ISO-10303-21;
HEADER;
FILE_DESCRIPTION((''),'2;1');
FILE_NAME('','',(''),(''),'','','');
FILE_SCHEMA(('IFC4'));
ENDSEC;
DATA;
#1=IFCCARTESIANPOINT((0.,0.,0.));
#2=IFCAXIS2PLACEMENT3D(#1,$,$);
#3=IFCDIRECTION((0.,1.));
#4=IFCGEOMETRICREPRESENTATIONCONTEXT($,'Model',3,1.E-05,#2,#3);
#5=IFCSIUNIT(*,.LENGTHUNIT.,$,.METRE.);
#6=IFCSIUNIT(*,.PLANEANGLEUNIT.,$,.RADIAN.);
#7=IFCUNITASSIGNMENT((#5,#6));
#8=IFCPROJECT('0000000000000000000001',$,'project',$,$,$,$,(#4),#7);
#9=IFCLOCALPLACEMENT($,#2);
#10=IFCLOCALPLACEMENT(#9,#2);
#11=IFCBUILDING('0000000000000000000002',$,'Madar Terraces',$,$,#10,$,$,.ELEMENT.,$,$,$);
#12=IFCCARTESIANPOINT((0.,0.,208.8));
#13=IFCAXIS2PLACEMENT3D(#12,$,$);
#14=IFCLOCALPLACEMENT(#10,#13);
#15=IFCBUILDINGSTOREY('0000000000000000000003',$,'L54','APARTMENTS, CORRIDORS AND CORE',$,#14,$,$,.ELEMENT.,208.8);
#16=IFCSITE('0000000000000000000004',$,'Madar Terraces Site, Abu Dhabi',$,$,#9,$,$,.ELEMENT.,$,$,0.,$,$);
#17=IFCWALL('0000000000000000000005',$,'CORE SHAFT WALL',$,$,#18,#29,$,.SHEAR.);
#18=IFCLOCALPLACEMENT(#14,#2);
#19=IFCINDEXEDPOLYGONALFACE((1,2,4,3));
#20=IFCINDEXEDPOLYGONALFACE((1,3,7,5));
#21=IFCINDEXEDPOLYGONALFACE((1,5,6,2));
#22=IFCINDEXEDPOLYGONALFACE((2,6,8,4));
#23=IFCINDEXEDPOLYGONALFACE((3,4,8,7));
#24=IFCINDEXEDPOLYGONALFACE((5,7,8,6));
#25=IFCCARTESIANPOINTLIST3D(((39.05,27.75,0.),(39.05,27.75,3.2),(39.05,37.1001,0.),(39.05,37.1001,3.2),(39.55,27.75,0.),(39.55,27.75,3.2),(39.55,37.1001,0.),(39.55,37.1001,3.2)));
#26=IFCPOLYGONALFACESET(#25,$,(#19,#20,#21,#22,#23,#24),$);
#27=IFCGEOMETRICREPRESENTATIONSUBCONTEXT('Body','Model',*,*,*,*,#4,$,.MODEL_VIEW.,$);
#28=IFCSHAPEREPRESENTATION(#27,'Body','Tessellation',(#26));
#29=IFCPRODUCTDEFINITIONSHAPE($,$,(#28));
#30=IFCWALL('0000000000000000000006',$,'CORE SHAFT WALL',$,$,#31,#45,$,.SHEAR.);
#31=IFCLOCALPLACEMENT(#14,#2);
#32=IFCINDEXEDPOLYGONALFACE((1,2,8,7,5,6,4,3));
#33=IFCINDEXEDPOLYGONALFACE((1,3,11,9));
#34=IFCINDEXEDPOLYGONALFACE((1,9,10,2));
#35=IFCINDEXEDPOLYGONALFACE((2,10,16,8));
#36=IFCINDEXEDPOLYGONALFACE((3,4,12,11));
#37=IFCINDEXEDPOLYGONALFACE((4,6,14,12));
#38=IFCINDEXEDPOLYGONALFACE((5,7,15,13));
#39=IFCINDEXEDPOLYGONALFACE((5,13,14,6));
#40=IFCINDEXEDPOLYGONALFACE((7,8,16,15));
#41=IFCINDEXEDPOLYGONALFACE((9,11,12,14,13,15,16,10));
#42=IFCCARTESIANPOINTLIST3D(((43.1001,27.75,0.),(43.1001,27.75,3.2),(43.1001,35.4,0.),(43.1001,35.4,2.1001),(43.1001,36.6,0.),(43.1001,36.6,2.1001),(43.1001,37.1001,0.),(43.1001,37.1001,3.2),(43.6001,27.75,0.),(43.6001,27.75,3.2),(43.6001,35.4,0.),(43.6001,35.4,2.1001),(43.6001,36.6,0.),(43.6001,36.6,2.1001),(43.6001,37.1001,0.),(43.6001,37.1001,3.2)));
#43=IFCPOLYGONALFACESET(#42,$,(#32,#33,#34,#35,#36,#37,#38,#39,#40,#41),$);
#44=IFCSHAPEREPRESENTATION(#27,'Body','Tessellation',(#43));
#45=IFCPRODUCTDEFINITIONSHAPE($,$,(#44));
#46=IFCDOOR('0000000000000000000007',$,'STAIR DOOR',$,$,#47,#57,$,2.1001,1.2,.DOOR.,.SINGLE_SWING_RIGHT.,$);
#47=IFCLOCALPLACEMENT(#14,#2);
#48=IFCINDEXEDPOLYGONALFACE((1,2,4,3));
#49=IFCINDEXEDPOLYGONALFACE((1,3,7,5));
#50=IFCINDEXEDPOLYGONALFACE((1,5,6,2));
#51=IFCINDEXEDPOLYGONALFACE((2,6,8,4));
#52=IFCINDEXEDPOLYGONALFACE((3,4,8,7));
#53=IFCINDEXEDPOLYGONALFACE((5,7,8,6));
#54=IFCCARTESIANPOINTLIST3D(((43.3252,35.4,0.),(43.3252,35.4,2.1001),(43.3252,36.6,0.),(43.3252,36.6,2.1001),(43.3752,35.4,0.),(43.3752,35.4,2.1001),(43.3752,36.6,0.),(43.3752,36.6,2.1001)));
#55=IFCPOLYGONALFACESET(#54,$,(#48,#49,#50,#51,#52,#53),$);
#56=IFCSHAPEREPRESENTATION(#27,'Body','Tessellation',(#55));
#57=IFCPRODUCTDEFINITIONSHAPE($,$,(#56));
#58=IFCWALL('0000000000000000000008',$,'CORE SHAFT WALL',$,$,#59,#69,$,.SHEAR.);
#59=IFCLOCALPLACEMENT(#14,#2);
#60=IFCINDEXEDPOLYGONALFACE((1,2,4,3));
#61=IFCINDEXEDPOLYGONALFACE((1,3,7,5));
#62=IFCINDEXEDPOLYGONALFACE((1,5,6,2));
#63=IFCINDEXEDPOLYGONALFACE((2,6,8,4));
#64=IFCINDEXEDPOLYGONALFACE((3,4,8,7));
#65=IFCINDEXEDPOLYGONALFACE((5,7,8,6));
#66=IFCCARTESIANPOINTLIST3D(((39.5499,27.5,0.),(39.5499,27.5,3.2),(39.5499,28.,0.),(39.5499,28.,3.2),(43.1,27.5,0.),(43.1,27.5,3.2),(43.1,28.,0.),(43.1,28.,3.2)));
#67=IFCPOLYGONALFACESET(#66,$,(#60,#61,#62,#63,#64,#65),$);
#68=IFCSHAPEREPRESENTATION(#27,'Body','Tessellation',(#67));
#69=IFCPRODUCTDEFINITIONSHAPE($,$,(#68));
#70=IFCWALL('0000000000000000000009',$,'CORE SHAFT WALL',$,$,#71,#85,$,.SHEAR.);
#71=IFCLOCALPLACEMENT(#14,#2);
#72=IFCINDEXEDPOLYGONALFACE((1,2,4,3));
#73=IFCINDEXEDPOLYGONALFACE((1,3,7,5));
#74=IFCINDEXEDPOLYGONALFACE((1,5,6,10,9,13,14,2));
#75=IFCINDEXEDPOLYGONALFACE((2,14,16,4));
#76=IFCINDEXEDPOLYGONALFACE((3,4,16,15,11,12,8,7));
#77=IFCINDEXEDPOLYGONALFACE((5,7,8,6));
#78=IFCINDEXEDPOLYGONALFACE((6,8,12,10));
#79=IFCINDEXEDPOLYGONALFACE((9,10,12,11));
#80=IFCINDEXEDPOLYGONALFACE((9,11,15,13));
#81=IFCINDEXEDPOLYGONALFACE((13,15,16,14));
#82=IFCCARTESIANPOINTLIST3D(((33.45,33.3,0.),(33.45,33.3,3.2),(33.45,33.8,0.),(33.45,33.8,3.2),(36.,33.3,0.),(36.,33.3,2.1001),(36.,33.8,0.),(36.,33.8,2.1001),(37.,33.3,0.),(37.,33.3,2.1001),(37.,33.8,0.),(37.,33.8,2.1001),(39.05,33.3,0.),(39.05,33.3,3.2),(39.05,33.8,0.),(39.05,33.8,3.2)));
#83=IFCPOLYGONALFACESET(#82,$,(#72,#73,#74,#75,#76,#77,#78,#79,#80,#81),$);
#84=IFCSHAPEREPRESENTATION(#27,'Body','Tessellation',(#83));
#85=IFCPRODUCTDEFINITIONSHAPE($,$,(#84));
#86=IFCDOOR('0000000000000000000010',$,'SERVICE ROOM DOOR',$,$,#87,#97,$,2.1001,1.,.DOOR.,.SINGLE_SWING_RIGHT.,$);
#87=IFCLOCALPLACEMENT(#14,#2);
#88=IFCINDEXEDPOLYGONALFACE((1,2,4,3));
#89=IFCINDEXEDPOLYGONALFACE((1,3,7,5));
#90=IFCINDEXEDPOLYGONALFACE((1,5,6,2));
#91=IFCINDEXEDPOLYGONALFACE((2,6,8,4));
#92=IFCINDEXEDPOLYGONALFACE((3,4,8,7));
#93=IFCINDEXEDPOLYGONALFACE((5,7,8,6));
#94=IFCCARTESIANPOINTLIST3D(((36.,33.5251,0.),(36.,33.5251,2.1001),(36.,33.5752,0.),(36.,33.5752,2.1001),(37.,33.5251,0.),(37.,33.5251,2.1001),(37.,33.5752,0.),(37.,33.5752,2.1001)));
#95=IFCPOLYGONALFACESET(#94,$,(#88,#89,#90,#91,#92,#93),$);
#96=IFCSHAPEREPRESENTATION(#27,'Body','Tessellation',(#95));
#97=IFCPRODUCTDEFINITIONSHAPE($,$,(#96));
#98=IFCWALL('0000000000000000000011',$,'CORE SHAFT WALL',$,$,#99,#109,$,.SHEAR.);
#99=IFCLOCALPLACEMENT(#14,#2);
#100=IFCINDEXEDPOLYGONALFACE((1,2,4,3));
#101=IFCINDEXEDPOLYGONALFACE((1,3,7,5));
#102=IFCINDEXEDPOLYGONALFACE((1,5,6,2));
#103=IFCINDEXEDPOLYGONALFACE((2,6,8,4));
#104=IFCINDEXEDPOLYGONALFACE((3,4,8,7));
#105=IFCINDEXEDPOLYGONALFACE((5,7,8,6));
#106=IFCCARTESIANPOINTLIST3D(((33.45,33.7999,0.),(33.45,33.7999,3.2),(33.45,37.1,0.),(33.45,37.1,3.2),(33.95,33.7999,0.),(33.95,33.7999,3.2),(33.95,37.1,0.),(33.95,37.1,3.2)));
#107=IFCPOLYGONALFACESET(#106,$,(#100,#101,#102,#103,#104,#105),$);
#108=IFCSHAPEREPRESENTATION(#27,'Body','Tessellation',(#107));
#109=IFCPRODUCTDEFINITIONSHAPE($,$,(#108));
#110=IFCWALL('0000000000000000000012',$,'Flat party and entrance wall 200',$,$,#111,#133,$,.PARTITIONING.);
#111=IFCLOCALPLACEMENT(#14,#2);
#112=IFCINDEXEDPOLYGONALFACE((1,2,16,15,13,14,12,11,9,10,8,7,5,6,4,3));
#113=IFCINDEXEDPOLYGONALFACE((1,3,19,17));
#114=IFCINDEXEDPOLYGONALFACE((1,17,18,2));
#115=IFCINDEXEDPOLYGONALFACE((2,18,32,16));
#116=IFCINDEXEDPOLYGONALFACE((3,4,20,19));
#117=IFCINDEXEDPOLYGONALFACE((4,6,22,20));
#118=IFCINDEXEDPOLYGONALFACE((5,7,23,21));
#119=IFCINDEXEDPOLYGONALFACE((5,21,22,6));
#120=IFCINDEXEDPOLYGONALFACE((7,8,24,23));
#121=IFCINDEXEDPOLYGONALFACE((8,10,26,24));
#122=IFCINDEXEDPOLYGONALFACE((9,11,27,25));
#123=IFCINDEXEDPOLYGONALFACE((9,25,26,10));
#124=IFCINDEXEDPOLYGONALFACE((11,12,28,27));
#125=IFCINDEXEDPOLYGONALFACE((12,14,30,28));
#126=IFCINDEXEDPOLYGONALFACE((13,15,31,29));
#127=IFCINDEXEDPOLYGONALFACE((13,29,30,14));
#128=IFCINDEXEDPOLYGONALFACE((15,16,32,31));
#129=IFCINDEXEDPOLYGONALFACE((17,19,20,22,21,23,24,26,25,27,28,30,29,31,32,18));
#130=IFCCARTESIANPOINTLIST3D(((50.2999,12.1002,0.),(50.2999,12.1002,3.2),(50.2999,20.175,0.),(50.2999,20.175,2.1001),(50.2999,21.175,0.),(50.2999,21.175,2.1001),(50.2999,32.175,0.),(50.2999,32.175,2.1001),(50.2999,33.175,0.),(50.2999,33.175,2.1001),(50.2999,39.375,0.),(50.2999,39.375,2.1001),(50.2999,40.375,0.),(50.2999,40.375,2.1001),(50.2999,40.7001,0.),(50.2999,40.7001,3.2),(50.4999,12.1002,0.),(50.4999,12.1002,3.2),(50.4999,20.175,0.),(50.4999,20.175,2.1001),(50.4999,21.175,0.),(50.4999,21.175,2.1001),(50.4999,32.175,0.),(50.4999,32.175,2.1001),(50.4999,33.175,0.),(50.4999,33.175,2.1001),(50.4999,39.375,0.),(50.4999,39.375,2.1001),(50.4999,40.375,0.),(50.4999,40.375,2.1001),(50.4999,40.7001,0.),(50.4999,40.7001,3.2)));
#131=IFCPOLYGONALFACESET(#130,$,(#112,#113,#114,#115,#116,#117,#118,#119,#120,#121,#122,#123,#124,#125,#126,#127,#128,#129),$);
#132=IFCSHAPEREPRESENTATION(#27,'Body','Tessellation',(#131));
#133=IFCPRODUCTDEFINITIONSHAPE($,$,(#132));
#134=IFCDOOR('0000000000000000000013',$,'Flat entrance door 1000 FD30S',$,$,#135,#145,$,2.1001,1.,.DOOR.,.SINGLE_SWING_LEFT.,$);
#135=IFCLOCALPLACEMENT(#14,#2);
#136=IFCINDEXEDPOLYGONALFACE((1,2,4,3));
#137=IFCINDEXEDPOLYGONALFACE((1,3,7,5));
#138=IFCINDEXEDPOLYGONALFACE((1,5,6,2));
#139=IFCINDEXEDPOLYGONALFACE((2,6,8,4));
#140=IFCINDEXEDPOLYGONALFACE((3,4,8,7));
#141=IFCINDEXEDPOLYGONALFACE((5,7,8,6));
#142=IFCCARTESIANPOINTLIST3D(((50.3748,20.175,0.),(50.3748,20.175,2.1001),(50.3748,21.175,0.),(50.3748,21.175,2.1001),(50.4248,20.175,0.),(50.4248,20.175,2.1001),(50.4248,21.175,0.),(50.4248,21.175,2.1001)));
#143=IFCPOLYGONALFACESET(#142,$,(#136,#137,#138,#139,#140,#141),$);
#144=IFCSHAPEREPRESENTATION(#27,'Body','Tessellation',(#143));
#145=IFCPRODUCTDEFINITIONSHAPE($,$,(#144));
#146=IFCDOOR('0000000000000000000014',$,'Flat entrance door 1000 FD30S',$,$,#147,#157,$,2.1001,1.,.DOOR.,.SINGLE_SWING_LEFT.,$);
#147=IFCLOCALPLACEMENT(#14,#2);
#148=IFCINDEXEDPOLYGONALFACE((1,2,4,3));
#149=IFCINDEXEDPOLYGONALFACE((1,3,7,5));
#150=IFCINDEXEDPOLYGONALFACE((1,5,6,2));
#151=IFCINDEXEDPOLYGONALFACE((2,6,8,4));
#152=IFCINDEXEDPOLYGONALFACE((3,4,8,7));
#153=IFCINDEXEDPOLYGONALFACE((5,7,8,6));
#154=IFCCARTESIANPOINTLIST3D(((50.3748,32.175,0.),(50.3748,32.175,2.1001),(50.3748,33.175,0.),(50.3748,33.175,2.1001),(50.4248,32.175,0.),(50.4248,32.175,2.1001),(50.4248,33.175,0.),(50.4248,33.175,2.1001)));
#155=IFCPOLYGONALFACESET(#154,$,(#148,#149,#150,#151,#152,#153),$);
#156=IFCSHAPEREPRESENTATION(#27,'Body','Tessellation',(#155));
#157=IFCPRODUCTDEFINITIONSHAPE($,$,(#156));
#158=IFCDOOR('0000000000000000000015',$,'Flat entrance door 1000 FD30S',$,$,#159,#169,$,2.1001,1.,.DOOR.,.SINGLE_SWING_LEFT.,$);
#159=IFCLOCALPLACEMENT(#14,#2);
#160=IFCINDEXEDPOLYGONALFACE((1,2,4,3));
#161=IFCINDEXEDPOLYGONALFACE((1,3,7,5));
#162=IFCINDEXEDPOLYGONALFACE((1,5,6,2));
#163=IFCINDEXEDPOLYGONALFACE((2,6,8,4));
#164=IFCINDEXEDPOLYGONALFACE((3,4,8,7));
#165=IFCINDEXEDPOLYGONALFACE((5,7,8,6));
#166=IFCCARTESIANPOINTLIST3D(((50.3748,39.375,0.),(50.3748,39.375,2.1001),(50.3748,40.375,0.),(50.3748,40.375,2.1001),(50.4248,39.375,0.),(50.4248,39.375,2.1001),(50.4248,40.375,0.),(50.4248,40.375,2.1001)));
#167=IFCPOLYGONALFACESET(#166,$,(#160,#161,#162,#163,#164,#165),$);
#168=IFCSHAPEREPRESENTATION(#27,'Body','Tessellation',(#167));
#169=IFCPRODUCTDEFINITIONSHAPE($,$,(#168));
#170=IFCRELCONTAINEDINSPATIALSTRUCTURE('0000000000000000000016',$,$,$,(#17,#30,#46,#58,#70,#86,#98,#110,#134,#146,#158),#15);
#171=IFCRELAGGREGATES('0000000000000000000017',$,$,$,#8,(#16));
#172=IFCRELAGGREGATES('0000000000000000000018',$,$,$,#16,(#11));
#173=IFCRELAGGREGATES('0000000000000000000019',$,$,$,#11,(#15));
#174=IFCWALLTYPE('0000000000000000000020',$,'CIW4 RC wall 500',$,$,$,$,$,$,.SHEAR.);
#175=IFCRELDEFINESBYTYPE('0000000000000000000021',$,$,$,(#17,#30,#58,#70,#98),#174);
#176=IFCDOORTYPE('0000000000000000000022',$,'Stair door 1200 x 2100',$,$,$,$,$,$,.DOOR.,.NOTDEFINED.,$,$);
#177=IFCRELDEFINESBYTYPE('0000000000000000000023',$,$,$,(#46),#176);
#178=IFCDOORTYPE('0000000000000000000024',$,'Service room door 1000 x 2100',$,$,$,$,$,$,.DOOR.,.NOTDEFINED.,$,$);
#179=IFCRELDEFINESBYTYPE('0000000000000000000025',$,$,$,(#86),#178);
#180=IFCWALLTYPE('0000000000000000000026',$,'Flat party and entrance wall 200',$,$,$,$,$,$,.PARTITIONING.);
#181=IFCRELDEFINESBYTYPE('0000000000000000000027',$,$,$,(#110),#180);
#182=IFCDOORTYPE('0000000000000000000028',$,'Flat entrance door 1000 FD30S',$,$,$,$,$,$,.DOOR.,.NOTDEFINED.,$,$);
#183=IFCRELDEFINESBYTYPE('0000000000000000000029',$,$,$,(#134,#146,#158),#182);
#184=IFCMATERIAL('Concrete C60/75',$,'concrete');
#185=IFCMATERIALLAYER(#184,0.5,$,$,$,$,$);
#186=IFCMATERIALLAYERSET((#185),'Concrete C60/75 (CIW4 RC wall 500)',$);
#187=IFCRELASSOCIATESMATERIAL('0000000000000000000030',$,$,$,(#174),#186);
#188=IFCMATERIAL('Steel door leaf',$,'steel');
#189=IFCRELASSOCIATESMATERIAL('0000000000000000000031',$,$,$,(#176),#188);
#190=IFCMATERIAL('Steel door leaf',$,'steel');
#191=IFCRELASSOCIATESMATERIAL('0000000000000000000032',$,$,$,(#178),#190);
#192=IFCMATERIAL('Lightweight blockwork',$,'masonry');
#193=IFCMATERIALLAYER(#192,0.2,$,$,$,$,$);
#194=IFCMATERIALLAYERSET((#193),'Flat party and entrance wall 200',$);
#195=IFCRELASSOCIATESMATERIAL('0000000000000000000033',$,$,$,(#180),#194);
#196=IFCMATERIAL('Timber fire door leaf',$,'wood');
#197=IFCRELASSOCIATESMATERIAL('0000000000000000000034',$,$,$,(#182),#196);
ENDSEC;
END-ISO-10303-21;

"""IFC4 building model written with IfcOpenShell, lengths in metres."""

from ifc_helpers import new_model, si_unit, direction, frame, frame_2d, origin, place, context, subcontext, project, spatial, rectangle, extrude, material, layer, layer_set, type_object, element, fill, save


model = new_model("IFC4")

# Units and contexts
model_context = context("Model", 3, precision=1e-05, world=origin(), true_north=direction((0.0, 1.0)))
body_context = subcontext(model_context, "Body", "Model", "MODEL_VIEW")
ifc_project = project(units=[si_unit("LENGTHUNIT", "METRE"), si_unit("PLANEANGLEUNIT", "RADIAN")], contexts=[model_context])

# Site, building, storey
site_placement = place(None, origin())
site = spatial("IfcSite", under=ifc_project, at=site_placement, Name="Madar Terraces Site, Abu Dhabi", CompositionType="ELEMENT", RefElevation=0.0)
building_placement = place(site_placement, origin())
building = spatial("IfcBuilding", under=site, at=building_placement, Name="Madar Terraces", CompositionType="ELEMENT")
storey_placement = place(building_placement, frame((0.0, 0.0, 208.8)))
storey = spatial("IfcBuildingStorey", under=building, at=storey_placement, Name="L54", Description="APARTMENTS, CORRIDORS AND CORE", CompositionType="ELEMENT", Elevation=208.8)

# Wall
ifc_material_1 = material(Name="Concrete C60/75", Category="concrete")
ifc_layer_1 = layer(ifc_material_1, 0.5)
ifc_layer_set_1 = layer_set([ifc_layer_1], Name="Concrete C60/75 (CIW4 RC wall 500)")
wall_type_1 = type_object("IfcWallType", Name="CIW4 RC wall 500", PredefinedType="SHEAR", material=ifc_layer_set_1)
wall_1_placement = place(storey_placement, frame((39.3, 27.75, 0.0), z_axis=(0.0, 0.0, 1.0), x_axis=(0.0, 1.0, 0.0)))
element("IfcWall", 1, at=wall_1_placement, inside=storey, type_object=wall_type_1, Name="CORE SHAFT WALL", PredefinedType="SHEAR", context=body_context, shape_type="SweptSolid", body=[
    extrude(rectangle(XDim=9.3501, YDim=0.5, at=frame_2d((4.675, 0.0))), origin(), (0.0, 0.0, 1.0), 3.2),
])

# Wall, opening, door
wall_2_placement = place(storey_placement, frame((43.3501, 27.75, 0.0), z_axis=(0.0, 0.0, 1.0), x_axis=(0.0, 1.0, 0.0)))
wall_2 = element("IfcWall", 2, at=wall_2_placement, inside=storey, type_object=wall_type_1, Name="CORE SHAFT WALL", PredefinedType="SHEAR", context=body_context, shape_type="SweptSolid", body=[
    extrude(rectangle(XDim=9.3501, YDim=0.5, at=frame_2d((4.675, 0.0))), origin(), (0.0, 0.0, 1.0), 3.2),
])
opening_1_placement = place(wall_2_placement, frame((7.6499, 0.0, 0.0)))
opening_1 = element("IfcOpeningElement", 3, at=opening_1_placement, cuts=wall_2, PredefinedType="OPENING", context=body_context, shape_type="SweptSolid", body=[
    extrude(rectangle(XDim=1.2, YDim=2.1001, at=frame_2d((0.6001, 1.05))), frame((0.0, 0.26, 0.0), z_axis=(0.0, -1.0, 0.0), x_axis=(1.0, 0.0, 0.0)), (0.0, 0.0, 1.0), 0.52),
])
ifc_material_2 = material(Name="Steel door leaf", Category="steel")
door_type_1 = type_object("IfcDoorType", Name="Stair door 1200 x 2100", OperationType="NOTDEFINED", PredefinedType="DOOR", material=ifc_material_2)
door_1_placement = place(opening_1_placement, origin())
door_1 = element("IfcDoor", 4, at=door_1_placement, inside=storey, type_object=door_type_1, Name="STAIR DOOR", OperationType="SINGLE_SWING_RIGHT", OverallHeight=2.1001, OverallWidth=1.2, PredefinedType="DOOR", context=body_context, shape_type="SweptSolid", body=[
    extrude(rectangle(XDim=1.2, YDim=2.1001, at=frame_2d((0.6001, 1.05))), frame((0.0, 0.0249, 0.0), z_axis=(0.0, -1.0, 0.0), x_axis=(1.0, 0.0, 0.0)), (0.0, 0.0, 1.0), 0.05),
])
fill(opening_1, door_1)

# Wall
wall_3_placement = place(storey_placement, frame((39.55, 27.75, 0.0), z_axis=(0.0, 0.0, 1.0), x_axis=(1.0, 0.0, 0.0)))
element("IfcWall", 5, at=wall_3_placement, inside=storey, type_object=wall_type_1, Name="CORE SHAFT WALL", PredefinedType="SHEAR", context=body_context, shape_type="SweptSolid", body=[
    extrude(rectangle(XDim=3.55, YDim=0.5, at=frame_2d((1.7749, 0.0))), origin(), (0.0, 0.0, 1.0), 3.2),
])

# Wall, opening, door
wall_4_placement = place(storey_placement, frame((33.45, 33.55, 0.0), z_axis=(0.0, 0.0, 1.0), x_axis=(1.0, 0.0, 0.0)))
wall_4 = element("IfcWall", 6, at=wall_4_placement, inside=storey, type_object=wall_type_1, Name="CORE SHAFT WALL", PredefinedType="SHEAR", context=body_context, shape_type="SweptSolid", body=[
    extrude(rectangle(XDim=5.6001, YDim=0.5, at=frame_2d((2.8, 0.0))), origin(), (0.0, 0.0, 1.0), 3.2),
])
opening_2_placement = place(wall_4_placement, frame((2.55, 0.0, 0.0)))
opening_2 = element("IfcOpeningElement", 7, at=opening_2_placement, cuts=wall_4, PredefinedType="OPENING", context=body_context, shape_type="SweptSolid", body=[
    extrude(rectangle(XDim=1.0, YDim=2.1001, at=frame_2d((0.5, 1.05))), frame((0.0, 0.26, 0.0), z_axis=(0.0, -1.0, 0.0), x_axis=(1.0, 0.0, 0.0)), (0.0, 0.0, 1.0), 0.52),
])
ifc_material_3 = material(Name="Steel door leaf", Category="steel")
door_type_2 = type_object("IfcDoorType", Name="Service room door 1000 x 2100", OperationType="NOTDEFINED", PredefinedType="DOOR", material=ifc_material_3)
door_2_placement = place(opening_2_placement, frame((1.0, 0.0, 0.0), z_axis=(0.0, 0.0, 1.0), x_axis=(-1.0, 0.0, 0.0)))
door_2 = element("IfcDoor", 8, at=door_2_placement, inside=storey, type_object=door_type_2, Name="SERVICE ROOM DOOR", OperationType="SINGLE_SWING_RIGHT", OverallHeight=2.1001, OverallWidth=1.0, PredefinedType="DOOR", context=body_context, shape_type="SweptSolid", body=[
    extrude(rectangle(XDim=1.0, YDim=2.1001, at=frame_2d((0.5, 1.05))), frame((0.0, 0.0249, 0.0), z_axis=(0.0, -1.0, 0.0), x_axis=(1.0, 0.0, 0.0)), (0.0, 0.0, 1.0), 0.05),
])
fill(opening_2, door_2)

# Wall
wall_5_placement = place(storey_placement, frame((33.7, 33.8, 0.0), z_axis=(0.0, 0.0, 1.0), x_axis=(0.0, 1.0, 0.0)))
element("IfcWall", 9, at=wall_5_placement, inside=storey, type_object=wall_type_1, Name="CORE SHAFT WALL", PredefinedType="SHEAR", context=body_context, shape_type="SweptSolid", body=[
    extrude(rectangle(XDim=3.3, YDim=0.5, at=frame_2d((1.6499, 0.0))), origin(), (0.0, 0.0, 1.0), 3.2),
])

# Wall, openings, doors
ifc_material_4 = material(Name="Lightweight blockwork", Category="masonry")
ifc_layer_2 = layer(ifc_material_4, 0.2)
ifc_layer_set_2 = layer_set([ifc_layer_2], Name="Flat party and entrance wall 200")
wall_type_2 = type_object("IfcWallType", Name="Flat party and entrance wall 200", PredefinedType="PARTITIONING", material=ifc_layer_set_2)
wall_6_placement = place(storey_placement, frame((50.3999, 40.7, 0.0), z_axis=(0.0, 0.0, 1.0), x_axis=(0.0, -1.0, 0.0)))
wall_6 = element("IfcWall", 10, at=wall_6_placement, inside=storey, type_object=wall_type_2, Name="Flat party and entrance wall 200", PredefinedType="PARTITIONING", context=body_context, shape_type="SweptSolid", body=[
    extrude(rectangle(XDim=28.5999, YDim=0.2, at=frame_2d((14.2998, 0.0))), origin(), (0.0, 0.0, 1.0), 3.2),
])
opening_3_placement = place(wall_6_placement, frame((19.5249, 0.0, 0.0)))
opening_3 = element("IfcOpeningElement", 11, at=opening_3_placement, cuts=wall_6, PredefinedType="OPENING", context=body_context, shape_type="SweptSolid", body=[
    extrude(rectangle(XDim=1.0, YDim=2.1001, at=frame_2d((0.5, 1.05))), frame((0.0, 0.1099, 0.0), z_axis=(0.0, -1.0, 0.0), x_axis=(1.0, 0.0, 0.0)), (0.0, 0.0, 1.0), 0.22),
])
opening_4_placement = place(wall_6_placement, frame((7.5249, 0.0, 0.0)))
opening_4 = element("IfcOpeningElement", 12, at=opening_4_placement, cuts=wall_6, PredefinedType="OPENING", context=body_context, shape_type="SweptSolid", body=[
    extrude(rectangle(XDim=1.0, YDim=2.1001, at=frame_2d((0.5, 1.05))), frame((0.0, 0.1099, 0.0), z_axis=(0.0, -1.0, 0.0), x_axis=(1.0, 0.0, 0.0)), (0.0, 0.0, 1.0), 0.22),
])
opening_5_placement = place(wall_6_placement, frame((0.325, 0.0, 0.0)))
opening_5 = element("IfcOpeningElement", 13, at=opening_5_placement, cuts=wall_6, PredefinedType="OPENING", context=body_context, shape_type="SweptSolid", body=[
    extrude(rectangle(XDim=1.0, YDim=2.1001, at=frame_2d((0.5, 1.05))), frame((0.0, 0.1099, 0.0), z_axis=(0.0, -1.0, 0.0), x_axis=(1.0, 0.0, 0.0)), (0.0, 0.0, 1.0), 0.22),
])
ifc_material_5 = material(Name="Timber fire door leaf", Category="wood")
door_type_3 = type_object("IfcDoorType", Name="Flat entrance door 1000 FD30S", OperationType="NOTDEFINED", PredefinedType="DOOR", material=ifc_material_5)
door_3_placement = place(opening_3_placement, origin())
door_3 = element("IfcDoor", 14, at=door_3_placement, inside=storey, type_object=door_type_3, Name="Flat entrance door 1000 FD30S", OperationType="SINGLE_SWING_LEFT", OverallHeight=2.1001, OverallWidth=1.0, PredefinedType="DOOR", context=body_context, shape_type="SweptSolid", body=[
    extrude(rectangle(XDim=1.0, YDim=2.1001, at=frame_2d((0.5, 1.05))), frame((0.0, 0.0249, 0.0), z_axis=(0.0, -1.0, 0.0), x_axis=(1.0, 0.0, 0.0)), (0.0, 0.0, 1.0), 0.05),
])
fill(opening_3, door_3)
door_4_placement = place(opening_4_placement, origin())
door_4 = element("IfcDoor", 15, at=door_4_placement, inside=storey, type_object=door_type_3, Name="Flat entrance door 1000 FD30S", OperationType="SINGLE_SWING_LEFT", OverallHeight=2.1001, OverallWidth=1.0, PredefinedType="DOOR", context=body_context, shape_type="SweptSolid", body=[
    extrude(rectangle(XDim=1.0, YDim=2.1001, at=frame_2d((0.5, 1.05))), frame((0.0, 0.0249, 0.0), z_axis=(0.0, -1.0, 0.0), x_axis=(1.0, 0.0, 0.0)), (0.0, 0.0, 1.0), 0.05),
])
fill(opening_4, door_4)
door_5_placement = place(opening_5_placement, origin())
door_5 = element("IfcDoor", 16, at=door_5_placement, inside=storey, type_object=door_type_3, Name="Flat entrance door 1000 FD30S", OperationType="SINGLE_SWING_LEFT", OverallHeight=2.1001, OverallWidth=1.0, PredefinedType="DOOR", context=body_context, shape_type="SweptSolid", body=[
    extrude(rectangle(XDim=1.0, YDim=2.1001, at=frame_2d((0.5, 1.05))), frame((0.0, 0.0249, 0.0), z_axis=(0.0, -1.0, 0.0), x_axis=(1.0, 0.0, 0.0)), (0.0, 0.0, 1.0), 0.05),
])
fill(opening_5, door_5)

save(model, "model.ifc")
